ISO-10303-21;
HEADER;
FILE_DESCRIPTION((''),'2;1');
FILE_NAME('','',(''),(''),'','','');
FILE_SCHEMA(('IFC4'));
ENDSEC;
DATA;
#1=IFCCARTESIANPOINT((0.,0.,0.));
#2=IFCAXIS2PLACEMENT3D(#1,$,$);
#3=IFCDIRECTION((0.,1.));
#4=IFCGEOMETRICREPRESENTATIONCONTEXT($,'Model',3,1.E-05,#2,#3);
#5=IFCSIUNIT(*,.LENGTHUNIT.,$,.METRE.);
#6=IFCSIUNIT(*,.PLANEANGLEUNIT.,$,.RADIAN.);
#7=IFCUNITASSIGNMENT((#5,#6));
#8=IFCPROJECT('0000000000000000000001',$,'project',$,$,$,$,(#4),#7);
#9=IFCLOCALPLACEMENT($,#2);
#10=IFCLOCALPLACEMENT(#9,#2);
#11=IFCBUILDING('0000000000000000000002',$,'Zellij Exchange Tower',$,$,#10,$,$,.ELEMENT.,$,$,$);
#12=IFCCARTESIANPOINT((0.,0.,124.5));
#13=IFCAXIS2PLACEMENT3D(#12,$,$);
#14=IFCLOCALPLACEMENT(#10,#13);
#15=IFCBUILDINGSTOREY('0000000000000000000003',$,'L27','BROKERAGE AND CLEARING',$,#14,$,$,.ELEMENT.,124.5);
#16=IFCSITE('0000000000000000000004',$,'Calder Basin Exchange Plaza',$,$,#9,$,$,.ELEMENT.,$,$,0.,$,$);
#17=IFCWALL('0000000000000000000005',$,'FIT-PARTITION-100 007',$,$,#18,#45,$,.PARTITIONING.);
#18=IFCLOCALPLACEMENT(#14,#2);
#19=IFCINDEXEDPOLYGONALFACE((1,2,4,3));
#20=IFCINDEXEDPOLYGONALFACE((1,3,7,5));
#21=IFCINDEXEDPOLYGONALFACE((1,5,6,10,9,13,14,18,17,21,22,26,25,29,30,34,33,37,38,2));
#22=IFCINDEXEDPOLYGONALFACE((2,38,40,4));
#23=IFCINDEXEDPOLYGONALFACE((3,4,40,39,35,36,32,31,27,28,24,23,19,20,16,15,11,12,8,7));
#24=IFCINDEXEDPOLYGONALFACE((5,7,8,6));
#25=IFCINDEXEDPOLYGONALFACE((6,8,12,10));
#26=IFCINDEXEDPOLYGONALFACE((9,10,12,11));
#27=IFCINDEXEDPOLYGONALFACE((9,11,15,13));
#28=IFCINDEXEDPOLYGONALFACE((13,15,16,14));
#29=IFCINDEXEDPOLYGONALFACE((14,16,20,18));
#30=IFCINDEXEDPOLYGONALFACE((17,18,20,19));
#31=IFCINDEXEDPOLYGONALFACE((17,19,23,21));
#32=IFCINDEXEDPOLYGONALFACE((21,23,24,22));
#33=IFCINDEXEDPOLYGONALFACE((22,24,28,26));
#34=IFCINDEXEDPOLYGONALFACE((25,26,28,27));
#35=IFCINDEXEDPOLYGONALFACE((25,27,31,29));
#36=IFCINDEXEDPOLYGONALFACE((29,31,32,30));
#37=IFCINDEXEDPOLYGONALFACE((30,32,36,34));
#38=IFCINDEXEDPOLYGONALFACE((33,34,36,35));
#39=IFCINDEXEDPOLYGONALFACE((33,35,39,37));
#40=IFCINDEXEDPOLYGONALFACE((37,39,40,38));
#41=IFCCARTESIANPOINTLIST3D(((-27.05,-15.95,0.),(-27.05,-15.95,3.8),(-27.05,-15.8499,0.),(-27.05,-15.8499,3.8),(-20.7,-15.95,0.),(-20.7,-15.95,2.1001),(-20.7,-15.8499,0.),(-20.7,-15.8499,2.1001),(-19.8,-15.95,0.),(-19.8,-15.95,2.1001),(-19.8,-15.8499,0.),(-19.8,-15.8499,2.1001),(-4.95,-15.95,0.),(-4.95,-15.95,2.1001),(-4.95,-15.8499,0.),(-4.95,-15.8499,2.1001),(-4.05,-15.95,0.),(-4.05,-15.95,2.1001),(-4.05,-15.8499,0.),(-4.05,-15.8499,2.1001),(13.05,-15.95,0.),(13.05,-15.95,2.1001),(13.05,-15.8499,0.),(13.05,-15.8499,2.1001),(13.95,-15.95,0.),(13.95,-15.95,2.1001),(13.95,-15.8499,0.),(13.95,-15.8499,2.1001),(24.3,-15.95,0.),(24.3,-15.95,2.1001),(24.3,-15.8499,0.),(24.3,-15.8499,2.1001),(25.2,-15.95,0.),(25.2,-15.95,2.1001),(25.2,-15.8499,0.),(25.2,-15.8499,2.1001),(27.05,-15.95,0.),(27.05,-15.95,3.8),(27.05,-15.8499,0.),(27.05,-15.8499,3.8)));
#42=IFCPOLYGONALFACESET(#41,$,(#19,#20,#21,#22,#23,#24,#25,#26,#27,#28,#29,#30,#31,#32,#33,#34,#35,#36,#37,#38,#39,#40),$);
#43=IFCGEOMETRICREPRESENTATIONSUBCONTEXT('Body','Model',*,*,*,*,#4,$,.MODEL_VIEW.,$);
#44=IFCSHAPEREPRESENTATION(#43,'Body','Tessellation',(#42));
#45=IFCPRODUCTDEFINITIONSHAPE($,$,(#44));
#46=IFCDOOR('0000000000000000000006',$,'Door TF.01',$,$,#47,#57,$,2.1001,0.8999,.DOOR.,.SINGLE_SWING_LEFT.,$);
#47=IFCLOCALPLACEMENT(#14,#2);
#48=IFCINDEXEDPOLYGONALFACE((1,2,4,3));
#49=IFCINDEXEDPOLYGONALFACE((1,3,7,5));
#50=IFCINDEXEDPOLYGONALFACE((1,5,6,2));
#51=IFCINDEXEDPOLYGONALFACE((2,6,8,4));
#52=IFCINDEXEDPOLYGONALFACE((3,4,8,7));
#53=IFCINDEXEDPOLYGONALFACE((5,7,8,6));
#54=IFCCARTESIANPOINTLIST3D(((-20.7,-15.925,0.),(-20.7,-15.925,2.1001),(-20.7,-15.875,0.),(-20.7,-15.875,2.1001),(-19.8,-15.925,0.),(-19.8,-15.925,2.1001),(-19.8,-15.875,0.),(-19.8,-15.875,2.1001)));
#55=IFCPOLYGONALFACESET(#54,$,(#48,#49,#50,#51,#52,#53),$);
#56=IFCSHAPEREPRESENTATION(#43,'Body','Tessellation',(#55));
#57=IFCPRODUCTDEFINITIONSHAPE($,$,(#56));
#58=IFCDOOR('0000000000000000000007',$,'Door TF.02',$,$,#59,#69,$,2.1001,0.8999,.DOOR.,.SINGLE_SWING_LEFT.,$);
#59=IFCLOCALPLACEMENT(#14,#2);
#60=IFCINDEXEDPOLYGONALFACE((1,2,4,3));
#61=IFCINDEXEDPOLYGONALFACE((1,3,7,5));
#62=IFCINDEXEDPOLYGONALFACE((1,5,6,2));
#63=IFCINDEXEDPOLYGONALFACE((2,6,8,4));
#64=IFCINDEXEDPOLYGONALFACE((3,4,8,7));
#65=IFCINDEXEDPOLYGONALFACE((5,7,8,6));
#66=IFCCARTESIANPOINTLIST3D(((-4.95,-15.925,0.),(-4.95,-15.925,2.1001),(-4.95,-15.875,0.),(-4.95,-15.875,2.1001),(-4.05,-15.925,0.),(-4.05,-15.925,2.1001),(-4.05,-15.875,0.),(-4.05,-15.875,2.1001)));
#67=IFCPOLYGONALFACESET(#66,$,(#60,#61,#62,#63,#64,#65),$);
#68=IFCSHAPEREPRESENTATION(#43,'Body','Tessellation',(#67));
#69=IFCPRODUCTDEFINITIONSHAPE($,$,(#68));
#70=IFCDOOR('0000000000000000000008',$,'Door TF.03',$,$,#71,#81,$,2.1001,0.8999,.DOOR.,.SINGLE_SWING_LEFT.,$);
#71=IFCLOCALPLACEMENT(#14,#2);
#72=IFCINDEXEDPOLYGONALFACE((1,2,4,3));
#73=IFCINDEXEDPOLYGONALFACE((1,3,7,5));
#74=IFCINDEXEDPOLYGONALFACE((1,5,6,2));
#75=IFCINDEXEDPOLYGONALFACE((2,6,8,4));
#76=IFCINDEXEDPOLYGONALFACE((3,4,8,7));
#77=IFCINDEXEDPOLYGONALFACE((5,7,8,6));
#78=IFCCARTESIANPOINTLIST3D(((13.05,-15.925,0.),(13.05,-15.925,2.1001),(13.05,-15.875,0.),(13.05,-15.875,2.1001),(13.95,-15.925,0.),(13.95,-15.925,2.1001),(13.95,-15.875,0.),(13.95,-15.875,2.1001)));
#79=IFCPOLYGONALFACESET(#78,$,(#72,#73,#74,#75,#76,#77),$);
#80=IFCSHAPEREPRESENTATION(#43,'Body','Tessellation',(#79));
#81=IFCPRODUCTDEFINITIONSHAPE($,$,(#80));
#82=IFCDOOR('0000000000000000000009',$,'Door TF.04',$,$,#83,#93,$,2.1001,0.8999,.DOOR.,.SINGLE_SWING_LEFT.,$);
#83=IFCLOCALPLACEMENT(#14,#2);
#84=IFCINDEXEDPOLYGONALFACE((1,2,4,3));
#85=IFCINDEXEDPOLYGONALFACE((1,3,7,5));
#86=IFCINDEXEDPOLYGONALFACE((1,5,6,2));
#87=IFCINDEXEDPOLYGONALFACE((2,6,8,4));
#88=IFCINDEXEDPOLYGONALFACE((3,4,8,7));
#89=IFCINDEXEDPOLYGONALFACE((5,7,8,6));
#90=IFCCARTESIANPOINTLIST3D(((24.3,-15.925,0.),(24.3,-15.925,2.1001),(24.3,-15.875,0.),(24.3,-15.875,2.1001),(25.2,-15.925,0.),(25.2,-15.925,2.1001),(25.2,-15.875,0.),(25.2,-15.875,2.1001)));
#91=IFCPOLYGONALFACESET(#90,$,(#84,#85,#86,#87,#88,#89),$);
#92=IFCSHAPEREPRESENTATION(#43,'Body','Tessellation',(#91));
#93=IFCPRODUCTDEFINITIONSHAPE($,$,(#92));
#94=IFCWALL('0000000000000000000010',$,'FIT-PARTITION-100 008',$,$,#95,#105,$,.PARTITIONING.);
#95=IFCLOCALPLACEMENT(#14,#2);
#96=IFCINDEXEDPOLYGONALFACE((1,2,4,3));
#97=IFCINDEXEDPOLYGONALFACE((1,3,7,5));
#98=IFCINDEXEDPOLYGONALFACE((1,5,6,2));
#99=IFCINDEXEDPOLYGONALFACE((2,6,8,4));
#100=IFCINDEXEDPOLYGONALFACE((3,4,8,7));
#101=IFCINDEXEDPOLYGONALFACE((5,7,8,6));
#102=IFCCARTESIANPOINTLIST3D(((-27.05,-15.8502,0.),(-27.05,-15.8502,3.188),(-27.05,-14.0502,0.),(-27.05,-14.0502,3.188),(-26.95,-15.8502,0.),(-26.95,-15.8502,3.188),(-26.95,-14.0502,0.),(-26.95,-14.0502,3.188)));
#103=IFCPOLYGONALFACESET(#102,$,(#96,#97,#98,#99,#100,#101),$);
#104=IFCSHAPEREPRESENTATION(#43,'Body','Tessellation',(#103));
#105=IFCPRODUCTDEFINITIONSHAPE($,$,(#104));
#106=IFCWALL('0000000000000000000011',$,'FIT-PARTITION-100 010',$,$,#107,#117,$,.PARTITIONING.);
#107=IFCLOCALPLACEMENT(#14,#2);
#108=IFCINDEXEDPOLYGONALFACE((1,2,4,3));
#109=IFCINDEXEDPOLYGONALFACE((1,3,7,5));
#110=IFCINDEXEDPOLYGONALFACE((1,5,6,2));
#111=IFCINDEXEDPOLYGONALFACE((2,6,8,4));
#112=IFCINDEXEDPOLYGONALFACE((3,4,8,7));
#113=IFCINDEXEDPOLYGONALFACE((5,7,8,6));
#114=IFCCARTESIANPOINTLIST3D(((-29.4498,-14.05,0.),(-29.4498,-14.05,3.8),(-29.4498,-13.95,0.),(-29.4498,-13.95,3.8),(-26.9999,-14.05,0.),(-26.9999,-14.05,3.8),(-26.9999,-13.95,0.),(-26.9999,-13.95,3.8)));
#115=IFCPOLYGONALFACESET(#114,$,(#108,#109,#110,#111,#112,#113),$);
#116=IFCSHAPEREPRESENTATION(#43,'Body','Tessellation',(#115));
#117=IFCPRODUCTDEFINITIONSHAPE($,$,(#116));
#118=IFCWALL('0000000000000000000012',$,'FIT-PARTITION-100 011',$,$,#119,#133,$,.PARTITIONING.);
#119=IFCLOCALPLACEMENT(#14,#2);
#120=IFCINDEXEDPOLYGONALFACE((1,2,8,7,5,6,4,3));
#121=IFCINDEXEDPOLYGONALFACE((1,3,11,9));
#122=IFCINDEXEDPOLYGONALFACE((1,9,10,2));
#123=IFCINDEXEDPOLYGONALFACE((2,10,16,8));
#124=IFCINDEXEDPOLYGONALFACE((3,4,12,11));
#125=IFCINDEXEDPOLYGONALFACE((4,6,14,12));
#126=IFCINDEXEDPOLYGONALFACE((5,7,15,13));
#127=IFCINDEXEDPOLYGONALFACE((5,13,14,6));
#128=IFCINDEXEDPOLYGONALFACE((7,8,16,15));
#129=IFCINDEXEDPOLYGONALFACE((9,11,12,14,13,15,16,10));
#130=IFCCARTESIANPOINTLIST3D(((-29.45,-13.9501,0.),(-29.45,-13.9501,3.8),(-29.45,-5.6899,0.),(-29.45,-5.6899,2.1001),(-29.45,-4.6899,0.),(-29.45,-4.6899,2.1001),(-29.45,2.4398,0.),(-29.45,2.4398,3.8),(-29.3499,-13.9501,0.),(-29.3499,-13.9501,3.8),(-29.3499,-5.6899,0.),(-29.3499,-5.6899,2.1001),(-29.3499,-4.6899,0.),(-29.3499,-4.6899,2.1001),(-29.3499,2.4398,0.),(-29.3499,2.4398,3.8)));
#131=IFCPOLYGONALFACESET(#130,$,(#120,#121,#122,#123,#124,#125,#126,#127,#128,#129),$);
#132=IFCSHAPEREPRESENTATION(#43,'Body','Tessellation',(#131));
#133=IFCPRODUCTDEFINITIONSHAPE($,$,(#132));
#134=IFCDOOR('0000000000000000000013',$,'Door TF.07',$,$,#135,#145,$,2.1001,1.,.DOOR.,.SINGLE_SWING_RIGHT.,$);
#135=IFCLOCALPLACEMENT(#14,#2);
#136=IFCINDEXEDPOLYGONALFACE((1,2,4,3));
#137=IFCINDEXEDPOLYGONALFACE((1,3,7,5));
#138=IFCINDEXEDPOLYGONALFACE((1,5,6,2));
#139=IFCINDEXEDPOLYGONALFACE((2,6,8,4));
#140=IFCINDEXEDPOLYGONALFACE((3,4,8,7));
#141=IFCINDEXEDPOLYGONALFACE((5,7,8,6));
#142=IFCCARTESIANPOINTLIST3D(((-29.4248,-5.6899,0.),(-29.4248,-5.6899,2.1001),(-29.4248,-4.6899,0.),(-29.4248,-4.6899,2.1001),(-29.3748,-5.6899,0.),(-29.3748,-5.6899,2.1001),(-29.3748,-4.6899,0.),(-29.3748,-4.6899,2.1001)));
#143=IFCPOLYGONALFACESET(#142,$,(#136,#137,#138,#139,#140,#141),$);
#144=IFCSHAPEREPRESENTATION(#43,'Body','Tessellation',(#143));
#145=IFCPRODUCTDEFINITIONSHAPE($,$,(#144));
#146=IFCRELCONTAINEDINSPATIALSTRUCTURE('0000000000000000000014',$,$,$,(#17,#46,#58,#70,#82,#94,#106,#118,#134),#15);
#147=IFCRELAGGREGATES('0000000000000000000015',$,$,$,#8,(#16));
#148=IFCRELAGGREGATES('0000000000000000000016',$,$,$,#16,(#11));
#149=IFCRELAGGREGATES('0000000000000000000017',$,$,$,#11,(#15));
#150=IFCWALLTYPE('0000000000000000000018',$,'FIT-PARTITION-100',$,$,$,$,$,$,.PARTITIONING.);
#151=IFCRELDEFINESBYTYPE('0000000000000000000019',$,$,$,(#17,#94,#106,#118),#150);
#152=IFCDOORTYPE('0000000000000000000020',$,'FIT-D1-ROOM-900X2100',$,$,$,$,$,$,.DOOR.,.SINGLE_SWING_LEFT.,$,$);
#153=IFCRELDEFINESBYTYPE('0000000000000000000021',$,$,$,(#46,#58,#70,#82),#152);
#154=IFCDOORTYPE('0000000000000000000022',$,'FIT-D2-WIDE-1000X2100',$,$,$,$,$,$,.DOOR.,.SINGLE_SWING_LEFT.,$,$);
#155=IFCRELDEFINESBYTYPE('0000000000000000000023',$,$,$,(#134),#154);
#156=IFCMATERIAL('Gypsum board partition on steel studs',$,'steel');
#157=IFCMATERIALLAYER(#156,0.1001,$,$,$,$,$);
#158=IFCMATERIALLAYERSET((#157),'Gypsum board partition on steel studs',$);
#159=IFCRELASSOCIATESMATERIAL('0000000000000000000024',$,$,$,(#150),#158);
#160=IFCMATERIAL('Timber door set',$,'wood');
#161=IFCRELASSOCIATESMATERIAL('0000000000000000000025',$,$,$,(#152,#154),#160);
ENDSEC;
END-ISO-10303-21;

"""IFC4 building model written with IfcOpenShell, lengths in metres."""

from ifc_helpers import new_model, si_unit, direction, frame, frame_2d, origin, place, context, subcontext, project, spatial, rectangle, extrude, material, layer, layer_set, type_object, element, fill, save


model = new_model("IFC4")

# Units and contexts
model_context = context("Model", 3, precision=1e-05, world=origin(), true_north=direction((0.0, 1.0)))
body_context = subcontext(model_context, "Body", "Model", "MODEL_VIEW")
ifc_project = project(units=[si_unit("LENGTHUNIT", "METRE"), si_unit("PLANEANGLEUNIT", "RADIAN")], contexts=[model_context])

# Site, building, storey
site_placement = place(None, origin())
site = spatial("IfcSite", under=ifc_project, at=site_placement, Name="Calder Basin Exchange Plaza", CompositionType="ELEMENT", RefElevation=0.0)
building_placement = place(site_placement, origin())
building = spatial("IfcBuilding", under=site, at=building_placement, Name="Zellij Exchange Tower", CompositionType="ELEMENT")
storey_placement = place(building_placement, frame((0.0, 0.0, 124.5)))
storey = spatial("IfcBuildingStorey", under=building, at=storey_placement, Name="L27", Description="BROKERAGE AND CLEARING", CompositionType="ELEMENT", Elevation=124.5)

# Wall, openings, doors
ifc_material_1 = material(Name="Gypsum board partition on steel studs", Category="steel")
ifc_layer_1 = layer(ifc_material_1, 0.1001)
ifc_layer_set_1 = layer_set([ifc_layer_1], Name="Gypsum board partition on steel studs")
wall_type_1 = type_object("IfcWallType", Name="FIT-PARTITION-100", PredefinedType="PARTITIONING", material=ifc_layer_set_1)
wall_1_placement = place(storey_placement, frame((-27.05, -15.8999, 0.0), z_axis=(0.0, 0.0, 1.0), x_axis=(1.0, 0.0, 0.0)))
wall_1 = element("IfcWall", 1, at=wall_1_placement, inside=storey, type_object=wall_type_1, Name="FIT-PARTITION-100 007", PredefinedType="PARTITIONING", context=body_context, shape_type="SweptSolid", body=[
    extrude(rectangle(XDim=54.1001, YDim=0.1001, at=frame_2d((27.05, 0.0))), origin(), (0.0, 0.0, 1.0), 3.8),
])
opening_1_placement = place(wall_1_placement, frame((6.3501, 0.0, 0.0)))
opening_1 = element("IfcOpeningElement", 2, at=opening_1_placement, cuts=wall_1, PredefinedType="OPENING", context=body_context, shape_type="SweptSolid", body=[
    extrude(rectangle(XDim=0.8999, YDim=2.1001, at=frame_2d((0.45, 1.05))), frame((0.0, 0.062, 0.0), z_axis=(0.0, -1.0, 0.0), x_axis=(1.0, 0.0, 0.0)), (0.0, 0.0, 1.0), 0.124),
])
opening_2_placement = place(wall_1_placement, frame((22.1001, 0.0, 0.0)))
opening_2 = element("IfcOpeningElement", 3, at=opening_2_placement, cuts=wall_1, PredefinedType="OPENING", context=body_context, shape_type="SweptSolid", body=[
    extrude(rectangle(XDim=0.8999, YDim=2.1001, at=frame_2d((0.45, 1.05))), frame((0.0, 0.062, 0.0), z_axis=(0.0, -1.0, 0.0), x_axis=(1.0, 0.0, 0.0)), (0.0, 0.0, 1.0), 0.124),
])
opening_3_placement = place(wall_1_placement, frame((40.1001, 0.0, 0.0)))
opening_3 = element("IfcOpeningElement", 4, at=opening_3_placement, cuts=wall_1, PredefinedType="OPENING", context=body_context, shape_type="SweptSolid", body=[
    extrude(rectangle(XDim=0.8999, YDim=2.1001, at=frame_2d((0.45, 1.05))), frame((0.0, 0.062, 0.0), z_axis=(0.0, -1.0, 0.0), x_axis=(1.0, 0.0, 0.0)), (0.0, 0.0, 1.0), 0.124),
])
opening_4_placement = place(wall_1_placement, frame((51.3501, 0.0, 0.0)))
opening_4 = element("IfcOpeningElement", 5, at=opening_4_placement, cuts=wall_1, PredefinedType="OPENING", context=body_context, shape_type="SweptSolid", body=[
    extrude(rectangle(XDim=0.8999, YDim=2.1001, at=frame_2d((0.45, 1.05))), frame((0.0, 0.062, 0.0), z_axis=(0.0, -1.0, 0.0), x_axis=(1.0, 0.0, 0.0)), (0.0, 0.0, 1.0), 0.124),
])
ifc_material_2 = material(Name="Timber door set", Category="wood")
door_type_1 = type_object("IfcDoorType", Name="FIT-D1-ROOM-900X2100", OperationType="SINGLE_SWING_LEFT", PredefinedType="DOOR", material=ifc_material_2)
door_1_placement = place(opening_1_placement, origin())
door_1 = element("IfcDoor", 6, at=door_1_placement, inside=storey, type_object=door_type_1, Name="Door TF.01", OperationType="SINGLE_SWING_LEFT", OverallHeight=2.1001, OverallWidth=0.8999, PredefinedType="DOOR", context=body_context, shape_type="SweptSolid", body=[
    extrude(rectangle(XDim=0.8999, YDim=2.1001, at=frame_2d((0.45, 1.05))), frame((0.0, 0.0249, 0.0), z_axis=(0.0, -1.0, 0.0), x_axis=(1.0, 0.0, 0.0)), (0.0, 0.0, 1.0), 0.05),
])
fill(opening_1, door_1)
door_2_placement = place(opening_2_placement, origin())
door_2 = element("IfcDoor", 7, at=door_2_placement, inside=storey, type_object=door_type_1, Name="Door TF.02", OperationType="SINGLE_SWING_LEFT", OverallHeight=2.1001, OverallWidth=0.8999, PredefinedType="DOOR", context=body_context, shape_type="SweptSolid", body=[
    extrude(rectangle(XDim=0.8999, YDim=2.1001, at=frame_2d((0.45, 1.05))), frame((0.0, 0.0249, 0.0), z_axis=(0.0, -1.0, 0.0), x_axis=(1.0, 0.0, 0.0)), (0.0, 0.0, 1.0), 0.05),
])
fill(opening_2, door_2)
door_3_placement = place(opening_3_placement, origin())
door_3 = element("IfcDoor", 8, at=door_3_placement, inside=storey, type_object=door_type_1, Name="Door TF.03", OperationType="SINGLE_SWING_LEFT", OverallHeight=2.1001, OverallWidth=0.8999, PredefinedType="DOOR", context=body_context, shape_type="SweptSolid", body=[
    extrude(rectangle(XDim=0.8999, YDim=2.1001, at=frame_2d((0.45, 1.05))), frame((0.0, 0.0249, 0.0), z_axis=(0.0, -1.0, 0.0), x_axis=(1.0, 0.0, 0.0)), (0.0, 0.0, 1.0), 0.05),
])
fill(opening_3, door_3)
door_4_placement = place(opening_4_placement, origin())
door_4 = element("IfcDoor", 9, at=door_4_placement, inside=storey, type_object=door_type_1, Name="Door TF.04", OperationType="SINGLE_SWING_LEFT", OverallHeight=2.1001, OverallWidth=0.8999, PredefinedType="DOOR", context=body_context, shape_type="SweptSolid", body=[
    extrude(rectangle(XDim=0.8999, YDim=2.1001, at=frame_2d((0.45, 1.05))), frame((0.0, 0.0249, 0.0), z_axis=(0.0, -1.0, 0.0), x_axis=(1.0, 0.0, 0.0)), (0.0, 0.0, 1.0), 0.05),
])
fill(opening_4, door_4)

# Walls
wall_2_placement = place(storey_placement, frame((-27.0, -15.8501, 0.0), z_axis=(0.0, 0.0, 1.0), x_axis=(0.0, 1.0, 0.0)))
element("IfcWall", 10, at=wall_2_placement, inside=storey, type_object=wall_type_1, Name="FIT-PARTITION-100 008", PredefinedType="PARTITIONING", context=body_context, shape_type="SweptSolid", body=[
    extrude(rectangle(XDim=1.8, YDim=0.1001, at=frame_2d((0.8999, 0.0))), origin(), (0.0, 0.0, 1.0), 3.188),
])
wall_3_placement = place(storey_placement, frame((-29.45, -14.0, 0.0), z_axis=(0.0, 0.0, 1.0), x_axis=(1.0, 0.0, 0.0)))
element("IfcWall", 11, at=wall_3_placement, inside=storey, type_object=wall_type_1, Name="FIT-PARTITION-100 010", PredefinedType="PARTITIONING", context=body_context, shape_type="SweptSolid", body=[
    extrude(rectangle(XDim=2.45, YDim=0.1001, at=frame_2d((1.2251, 0.0))), origin(), (0.0, 0.0, 1.0), 3.8),
])

# Wall, opening, door
wall_4_placement = place(storey_placement, frame((-29.3999, -13.95, 0.0), z_axis=(0.0, 0.0, 1.0), x_axis=(0.0, 1.0, 0.0)))
wall_4 = element("IfcWall", 12, at=wall_4_placement, inside=storey, type_object=wall_type_1, Name="FIT-PARTITION-100 011", PredefinedType="PARTITIONING", context=body_context, shape_type="SweptSolid", body=[
    extrude(rectangle(XDim=16.3899, YDim=0.1001, at=frame_2d((8.1948, 0.0))), origin(), (0.0, 0.0, 1.0), 3.8),
])
opening_5_placement = place(wall_4_placement, frame((8.26, 0.0, 0.0)))
opening_5 = element("IfcOpeningElement", 13, at=opening_5_placement, cuts=wall_4, PredefinedType="OPENING", context=body_context, shape_type="SweptSolid", body=[
    extrude(rectangle(XDim=1.0, YDim=2.1001, at=frame_2d((0.5, 1.05))), frame((0.0, 0.062, 0.0), z_axis=(0.0, -1.0, 0.0), x_axis=(1.0, 0.0, 0.0)), (0.0, 0.0, 1.0), 0.124),
])
door_type_2 = type_object("IfcDoorType", Name="FIT-D2-WIDE-1000X2100", OperationType="SINGLE_SWING_LEFT", PredefinedType="DOOR", material=ifc_material_2)
door_5_placement = place(opening_5_placement, origin())
door_5 = element("IfcDoor", 14, at=door_5_placement, inside=storey, type_object=door_type_2, Name="Door TF.07", OperationType="SINGLE_SWING_RIGHT", OverallHeight=2.1001, OverallWidth=1.0, PredefinedType="DOOR", context=body_context, shape_type="SweptSolid", body=[
    extrude(rectangle(XDim=1.0, YDim=2.1001, at=frame_2d((0.5, 1.05))), frame((0.0, 0.0249, 0.0), z_axis=(0.0, -1.0, 0.0), x_axis=(1.0, 0.0, 0.0)), (0.0, 0.0, 1.0), 0.05),
])
fill(opening_5, door_5)

save(model, "model.ifc")
